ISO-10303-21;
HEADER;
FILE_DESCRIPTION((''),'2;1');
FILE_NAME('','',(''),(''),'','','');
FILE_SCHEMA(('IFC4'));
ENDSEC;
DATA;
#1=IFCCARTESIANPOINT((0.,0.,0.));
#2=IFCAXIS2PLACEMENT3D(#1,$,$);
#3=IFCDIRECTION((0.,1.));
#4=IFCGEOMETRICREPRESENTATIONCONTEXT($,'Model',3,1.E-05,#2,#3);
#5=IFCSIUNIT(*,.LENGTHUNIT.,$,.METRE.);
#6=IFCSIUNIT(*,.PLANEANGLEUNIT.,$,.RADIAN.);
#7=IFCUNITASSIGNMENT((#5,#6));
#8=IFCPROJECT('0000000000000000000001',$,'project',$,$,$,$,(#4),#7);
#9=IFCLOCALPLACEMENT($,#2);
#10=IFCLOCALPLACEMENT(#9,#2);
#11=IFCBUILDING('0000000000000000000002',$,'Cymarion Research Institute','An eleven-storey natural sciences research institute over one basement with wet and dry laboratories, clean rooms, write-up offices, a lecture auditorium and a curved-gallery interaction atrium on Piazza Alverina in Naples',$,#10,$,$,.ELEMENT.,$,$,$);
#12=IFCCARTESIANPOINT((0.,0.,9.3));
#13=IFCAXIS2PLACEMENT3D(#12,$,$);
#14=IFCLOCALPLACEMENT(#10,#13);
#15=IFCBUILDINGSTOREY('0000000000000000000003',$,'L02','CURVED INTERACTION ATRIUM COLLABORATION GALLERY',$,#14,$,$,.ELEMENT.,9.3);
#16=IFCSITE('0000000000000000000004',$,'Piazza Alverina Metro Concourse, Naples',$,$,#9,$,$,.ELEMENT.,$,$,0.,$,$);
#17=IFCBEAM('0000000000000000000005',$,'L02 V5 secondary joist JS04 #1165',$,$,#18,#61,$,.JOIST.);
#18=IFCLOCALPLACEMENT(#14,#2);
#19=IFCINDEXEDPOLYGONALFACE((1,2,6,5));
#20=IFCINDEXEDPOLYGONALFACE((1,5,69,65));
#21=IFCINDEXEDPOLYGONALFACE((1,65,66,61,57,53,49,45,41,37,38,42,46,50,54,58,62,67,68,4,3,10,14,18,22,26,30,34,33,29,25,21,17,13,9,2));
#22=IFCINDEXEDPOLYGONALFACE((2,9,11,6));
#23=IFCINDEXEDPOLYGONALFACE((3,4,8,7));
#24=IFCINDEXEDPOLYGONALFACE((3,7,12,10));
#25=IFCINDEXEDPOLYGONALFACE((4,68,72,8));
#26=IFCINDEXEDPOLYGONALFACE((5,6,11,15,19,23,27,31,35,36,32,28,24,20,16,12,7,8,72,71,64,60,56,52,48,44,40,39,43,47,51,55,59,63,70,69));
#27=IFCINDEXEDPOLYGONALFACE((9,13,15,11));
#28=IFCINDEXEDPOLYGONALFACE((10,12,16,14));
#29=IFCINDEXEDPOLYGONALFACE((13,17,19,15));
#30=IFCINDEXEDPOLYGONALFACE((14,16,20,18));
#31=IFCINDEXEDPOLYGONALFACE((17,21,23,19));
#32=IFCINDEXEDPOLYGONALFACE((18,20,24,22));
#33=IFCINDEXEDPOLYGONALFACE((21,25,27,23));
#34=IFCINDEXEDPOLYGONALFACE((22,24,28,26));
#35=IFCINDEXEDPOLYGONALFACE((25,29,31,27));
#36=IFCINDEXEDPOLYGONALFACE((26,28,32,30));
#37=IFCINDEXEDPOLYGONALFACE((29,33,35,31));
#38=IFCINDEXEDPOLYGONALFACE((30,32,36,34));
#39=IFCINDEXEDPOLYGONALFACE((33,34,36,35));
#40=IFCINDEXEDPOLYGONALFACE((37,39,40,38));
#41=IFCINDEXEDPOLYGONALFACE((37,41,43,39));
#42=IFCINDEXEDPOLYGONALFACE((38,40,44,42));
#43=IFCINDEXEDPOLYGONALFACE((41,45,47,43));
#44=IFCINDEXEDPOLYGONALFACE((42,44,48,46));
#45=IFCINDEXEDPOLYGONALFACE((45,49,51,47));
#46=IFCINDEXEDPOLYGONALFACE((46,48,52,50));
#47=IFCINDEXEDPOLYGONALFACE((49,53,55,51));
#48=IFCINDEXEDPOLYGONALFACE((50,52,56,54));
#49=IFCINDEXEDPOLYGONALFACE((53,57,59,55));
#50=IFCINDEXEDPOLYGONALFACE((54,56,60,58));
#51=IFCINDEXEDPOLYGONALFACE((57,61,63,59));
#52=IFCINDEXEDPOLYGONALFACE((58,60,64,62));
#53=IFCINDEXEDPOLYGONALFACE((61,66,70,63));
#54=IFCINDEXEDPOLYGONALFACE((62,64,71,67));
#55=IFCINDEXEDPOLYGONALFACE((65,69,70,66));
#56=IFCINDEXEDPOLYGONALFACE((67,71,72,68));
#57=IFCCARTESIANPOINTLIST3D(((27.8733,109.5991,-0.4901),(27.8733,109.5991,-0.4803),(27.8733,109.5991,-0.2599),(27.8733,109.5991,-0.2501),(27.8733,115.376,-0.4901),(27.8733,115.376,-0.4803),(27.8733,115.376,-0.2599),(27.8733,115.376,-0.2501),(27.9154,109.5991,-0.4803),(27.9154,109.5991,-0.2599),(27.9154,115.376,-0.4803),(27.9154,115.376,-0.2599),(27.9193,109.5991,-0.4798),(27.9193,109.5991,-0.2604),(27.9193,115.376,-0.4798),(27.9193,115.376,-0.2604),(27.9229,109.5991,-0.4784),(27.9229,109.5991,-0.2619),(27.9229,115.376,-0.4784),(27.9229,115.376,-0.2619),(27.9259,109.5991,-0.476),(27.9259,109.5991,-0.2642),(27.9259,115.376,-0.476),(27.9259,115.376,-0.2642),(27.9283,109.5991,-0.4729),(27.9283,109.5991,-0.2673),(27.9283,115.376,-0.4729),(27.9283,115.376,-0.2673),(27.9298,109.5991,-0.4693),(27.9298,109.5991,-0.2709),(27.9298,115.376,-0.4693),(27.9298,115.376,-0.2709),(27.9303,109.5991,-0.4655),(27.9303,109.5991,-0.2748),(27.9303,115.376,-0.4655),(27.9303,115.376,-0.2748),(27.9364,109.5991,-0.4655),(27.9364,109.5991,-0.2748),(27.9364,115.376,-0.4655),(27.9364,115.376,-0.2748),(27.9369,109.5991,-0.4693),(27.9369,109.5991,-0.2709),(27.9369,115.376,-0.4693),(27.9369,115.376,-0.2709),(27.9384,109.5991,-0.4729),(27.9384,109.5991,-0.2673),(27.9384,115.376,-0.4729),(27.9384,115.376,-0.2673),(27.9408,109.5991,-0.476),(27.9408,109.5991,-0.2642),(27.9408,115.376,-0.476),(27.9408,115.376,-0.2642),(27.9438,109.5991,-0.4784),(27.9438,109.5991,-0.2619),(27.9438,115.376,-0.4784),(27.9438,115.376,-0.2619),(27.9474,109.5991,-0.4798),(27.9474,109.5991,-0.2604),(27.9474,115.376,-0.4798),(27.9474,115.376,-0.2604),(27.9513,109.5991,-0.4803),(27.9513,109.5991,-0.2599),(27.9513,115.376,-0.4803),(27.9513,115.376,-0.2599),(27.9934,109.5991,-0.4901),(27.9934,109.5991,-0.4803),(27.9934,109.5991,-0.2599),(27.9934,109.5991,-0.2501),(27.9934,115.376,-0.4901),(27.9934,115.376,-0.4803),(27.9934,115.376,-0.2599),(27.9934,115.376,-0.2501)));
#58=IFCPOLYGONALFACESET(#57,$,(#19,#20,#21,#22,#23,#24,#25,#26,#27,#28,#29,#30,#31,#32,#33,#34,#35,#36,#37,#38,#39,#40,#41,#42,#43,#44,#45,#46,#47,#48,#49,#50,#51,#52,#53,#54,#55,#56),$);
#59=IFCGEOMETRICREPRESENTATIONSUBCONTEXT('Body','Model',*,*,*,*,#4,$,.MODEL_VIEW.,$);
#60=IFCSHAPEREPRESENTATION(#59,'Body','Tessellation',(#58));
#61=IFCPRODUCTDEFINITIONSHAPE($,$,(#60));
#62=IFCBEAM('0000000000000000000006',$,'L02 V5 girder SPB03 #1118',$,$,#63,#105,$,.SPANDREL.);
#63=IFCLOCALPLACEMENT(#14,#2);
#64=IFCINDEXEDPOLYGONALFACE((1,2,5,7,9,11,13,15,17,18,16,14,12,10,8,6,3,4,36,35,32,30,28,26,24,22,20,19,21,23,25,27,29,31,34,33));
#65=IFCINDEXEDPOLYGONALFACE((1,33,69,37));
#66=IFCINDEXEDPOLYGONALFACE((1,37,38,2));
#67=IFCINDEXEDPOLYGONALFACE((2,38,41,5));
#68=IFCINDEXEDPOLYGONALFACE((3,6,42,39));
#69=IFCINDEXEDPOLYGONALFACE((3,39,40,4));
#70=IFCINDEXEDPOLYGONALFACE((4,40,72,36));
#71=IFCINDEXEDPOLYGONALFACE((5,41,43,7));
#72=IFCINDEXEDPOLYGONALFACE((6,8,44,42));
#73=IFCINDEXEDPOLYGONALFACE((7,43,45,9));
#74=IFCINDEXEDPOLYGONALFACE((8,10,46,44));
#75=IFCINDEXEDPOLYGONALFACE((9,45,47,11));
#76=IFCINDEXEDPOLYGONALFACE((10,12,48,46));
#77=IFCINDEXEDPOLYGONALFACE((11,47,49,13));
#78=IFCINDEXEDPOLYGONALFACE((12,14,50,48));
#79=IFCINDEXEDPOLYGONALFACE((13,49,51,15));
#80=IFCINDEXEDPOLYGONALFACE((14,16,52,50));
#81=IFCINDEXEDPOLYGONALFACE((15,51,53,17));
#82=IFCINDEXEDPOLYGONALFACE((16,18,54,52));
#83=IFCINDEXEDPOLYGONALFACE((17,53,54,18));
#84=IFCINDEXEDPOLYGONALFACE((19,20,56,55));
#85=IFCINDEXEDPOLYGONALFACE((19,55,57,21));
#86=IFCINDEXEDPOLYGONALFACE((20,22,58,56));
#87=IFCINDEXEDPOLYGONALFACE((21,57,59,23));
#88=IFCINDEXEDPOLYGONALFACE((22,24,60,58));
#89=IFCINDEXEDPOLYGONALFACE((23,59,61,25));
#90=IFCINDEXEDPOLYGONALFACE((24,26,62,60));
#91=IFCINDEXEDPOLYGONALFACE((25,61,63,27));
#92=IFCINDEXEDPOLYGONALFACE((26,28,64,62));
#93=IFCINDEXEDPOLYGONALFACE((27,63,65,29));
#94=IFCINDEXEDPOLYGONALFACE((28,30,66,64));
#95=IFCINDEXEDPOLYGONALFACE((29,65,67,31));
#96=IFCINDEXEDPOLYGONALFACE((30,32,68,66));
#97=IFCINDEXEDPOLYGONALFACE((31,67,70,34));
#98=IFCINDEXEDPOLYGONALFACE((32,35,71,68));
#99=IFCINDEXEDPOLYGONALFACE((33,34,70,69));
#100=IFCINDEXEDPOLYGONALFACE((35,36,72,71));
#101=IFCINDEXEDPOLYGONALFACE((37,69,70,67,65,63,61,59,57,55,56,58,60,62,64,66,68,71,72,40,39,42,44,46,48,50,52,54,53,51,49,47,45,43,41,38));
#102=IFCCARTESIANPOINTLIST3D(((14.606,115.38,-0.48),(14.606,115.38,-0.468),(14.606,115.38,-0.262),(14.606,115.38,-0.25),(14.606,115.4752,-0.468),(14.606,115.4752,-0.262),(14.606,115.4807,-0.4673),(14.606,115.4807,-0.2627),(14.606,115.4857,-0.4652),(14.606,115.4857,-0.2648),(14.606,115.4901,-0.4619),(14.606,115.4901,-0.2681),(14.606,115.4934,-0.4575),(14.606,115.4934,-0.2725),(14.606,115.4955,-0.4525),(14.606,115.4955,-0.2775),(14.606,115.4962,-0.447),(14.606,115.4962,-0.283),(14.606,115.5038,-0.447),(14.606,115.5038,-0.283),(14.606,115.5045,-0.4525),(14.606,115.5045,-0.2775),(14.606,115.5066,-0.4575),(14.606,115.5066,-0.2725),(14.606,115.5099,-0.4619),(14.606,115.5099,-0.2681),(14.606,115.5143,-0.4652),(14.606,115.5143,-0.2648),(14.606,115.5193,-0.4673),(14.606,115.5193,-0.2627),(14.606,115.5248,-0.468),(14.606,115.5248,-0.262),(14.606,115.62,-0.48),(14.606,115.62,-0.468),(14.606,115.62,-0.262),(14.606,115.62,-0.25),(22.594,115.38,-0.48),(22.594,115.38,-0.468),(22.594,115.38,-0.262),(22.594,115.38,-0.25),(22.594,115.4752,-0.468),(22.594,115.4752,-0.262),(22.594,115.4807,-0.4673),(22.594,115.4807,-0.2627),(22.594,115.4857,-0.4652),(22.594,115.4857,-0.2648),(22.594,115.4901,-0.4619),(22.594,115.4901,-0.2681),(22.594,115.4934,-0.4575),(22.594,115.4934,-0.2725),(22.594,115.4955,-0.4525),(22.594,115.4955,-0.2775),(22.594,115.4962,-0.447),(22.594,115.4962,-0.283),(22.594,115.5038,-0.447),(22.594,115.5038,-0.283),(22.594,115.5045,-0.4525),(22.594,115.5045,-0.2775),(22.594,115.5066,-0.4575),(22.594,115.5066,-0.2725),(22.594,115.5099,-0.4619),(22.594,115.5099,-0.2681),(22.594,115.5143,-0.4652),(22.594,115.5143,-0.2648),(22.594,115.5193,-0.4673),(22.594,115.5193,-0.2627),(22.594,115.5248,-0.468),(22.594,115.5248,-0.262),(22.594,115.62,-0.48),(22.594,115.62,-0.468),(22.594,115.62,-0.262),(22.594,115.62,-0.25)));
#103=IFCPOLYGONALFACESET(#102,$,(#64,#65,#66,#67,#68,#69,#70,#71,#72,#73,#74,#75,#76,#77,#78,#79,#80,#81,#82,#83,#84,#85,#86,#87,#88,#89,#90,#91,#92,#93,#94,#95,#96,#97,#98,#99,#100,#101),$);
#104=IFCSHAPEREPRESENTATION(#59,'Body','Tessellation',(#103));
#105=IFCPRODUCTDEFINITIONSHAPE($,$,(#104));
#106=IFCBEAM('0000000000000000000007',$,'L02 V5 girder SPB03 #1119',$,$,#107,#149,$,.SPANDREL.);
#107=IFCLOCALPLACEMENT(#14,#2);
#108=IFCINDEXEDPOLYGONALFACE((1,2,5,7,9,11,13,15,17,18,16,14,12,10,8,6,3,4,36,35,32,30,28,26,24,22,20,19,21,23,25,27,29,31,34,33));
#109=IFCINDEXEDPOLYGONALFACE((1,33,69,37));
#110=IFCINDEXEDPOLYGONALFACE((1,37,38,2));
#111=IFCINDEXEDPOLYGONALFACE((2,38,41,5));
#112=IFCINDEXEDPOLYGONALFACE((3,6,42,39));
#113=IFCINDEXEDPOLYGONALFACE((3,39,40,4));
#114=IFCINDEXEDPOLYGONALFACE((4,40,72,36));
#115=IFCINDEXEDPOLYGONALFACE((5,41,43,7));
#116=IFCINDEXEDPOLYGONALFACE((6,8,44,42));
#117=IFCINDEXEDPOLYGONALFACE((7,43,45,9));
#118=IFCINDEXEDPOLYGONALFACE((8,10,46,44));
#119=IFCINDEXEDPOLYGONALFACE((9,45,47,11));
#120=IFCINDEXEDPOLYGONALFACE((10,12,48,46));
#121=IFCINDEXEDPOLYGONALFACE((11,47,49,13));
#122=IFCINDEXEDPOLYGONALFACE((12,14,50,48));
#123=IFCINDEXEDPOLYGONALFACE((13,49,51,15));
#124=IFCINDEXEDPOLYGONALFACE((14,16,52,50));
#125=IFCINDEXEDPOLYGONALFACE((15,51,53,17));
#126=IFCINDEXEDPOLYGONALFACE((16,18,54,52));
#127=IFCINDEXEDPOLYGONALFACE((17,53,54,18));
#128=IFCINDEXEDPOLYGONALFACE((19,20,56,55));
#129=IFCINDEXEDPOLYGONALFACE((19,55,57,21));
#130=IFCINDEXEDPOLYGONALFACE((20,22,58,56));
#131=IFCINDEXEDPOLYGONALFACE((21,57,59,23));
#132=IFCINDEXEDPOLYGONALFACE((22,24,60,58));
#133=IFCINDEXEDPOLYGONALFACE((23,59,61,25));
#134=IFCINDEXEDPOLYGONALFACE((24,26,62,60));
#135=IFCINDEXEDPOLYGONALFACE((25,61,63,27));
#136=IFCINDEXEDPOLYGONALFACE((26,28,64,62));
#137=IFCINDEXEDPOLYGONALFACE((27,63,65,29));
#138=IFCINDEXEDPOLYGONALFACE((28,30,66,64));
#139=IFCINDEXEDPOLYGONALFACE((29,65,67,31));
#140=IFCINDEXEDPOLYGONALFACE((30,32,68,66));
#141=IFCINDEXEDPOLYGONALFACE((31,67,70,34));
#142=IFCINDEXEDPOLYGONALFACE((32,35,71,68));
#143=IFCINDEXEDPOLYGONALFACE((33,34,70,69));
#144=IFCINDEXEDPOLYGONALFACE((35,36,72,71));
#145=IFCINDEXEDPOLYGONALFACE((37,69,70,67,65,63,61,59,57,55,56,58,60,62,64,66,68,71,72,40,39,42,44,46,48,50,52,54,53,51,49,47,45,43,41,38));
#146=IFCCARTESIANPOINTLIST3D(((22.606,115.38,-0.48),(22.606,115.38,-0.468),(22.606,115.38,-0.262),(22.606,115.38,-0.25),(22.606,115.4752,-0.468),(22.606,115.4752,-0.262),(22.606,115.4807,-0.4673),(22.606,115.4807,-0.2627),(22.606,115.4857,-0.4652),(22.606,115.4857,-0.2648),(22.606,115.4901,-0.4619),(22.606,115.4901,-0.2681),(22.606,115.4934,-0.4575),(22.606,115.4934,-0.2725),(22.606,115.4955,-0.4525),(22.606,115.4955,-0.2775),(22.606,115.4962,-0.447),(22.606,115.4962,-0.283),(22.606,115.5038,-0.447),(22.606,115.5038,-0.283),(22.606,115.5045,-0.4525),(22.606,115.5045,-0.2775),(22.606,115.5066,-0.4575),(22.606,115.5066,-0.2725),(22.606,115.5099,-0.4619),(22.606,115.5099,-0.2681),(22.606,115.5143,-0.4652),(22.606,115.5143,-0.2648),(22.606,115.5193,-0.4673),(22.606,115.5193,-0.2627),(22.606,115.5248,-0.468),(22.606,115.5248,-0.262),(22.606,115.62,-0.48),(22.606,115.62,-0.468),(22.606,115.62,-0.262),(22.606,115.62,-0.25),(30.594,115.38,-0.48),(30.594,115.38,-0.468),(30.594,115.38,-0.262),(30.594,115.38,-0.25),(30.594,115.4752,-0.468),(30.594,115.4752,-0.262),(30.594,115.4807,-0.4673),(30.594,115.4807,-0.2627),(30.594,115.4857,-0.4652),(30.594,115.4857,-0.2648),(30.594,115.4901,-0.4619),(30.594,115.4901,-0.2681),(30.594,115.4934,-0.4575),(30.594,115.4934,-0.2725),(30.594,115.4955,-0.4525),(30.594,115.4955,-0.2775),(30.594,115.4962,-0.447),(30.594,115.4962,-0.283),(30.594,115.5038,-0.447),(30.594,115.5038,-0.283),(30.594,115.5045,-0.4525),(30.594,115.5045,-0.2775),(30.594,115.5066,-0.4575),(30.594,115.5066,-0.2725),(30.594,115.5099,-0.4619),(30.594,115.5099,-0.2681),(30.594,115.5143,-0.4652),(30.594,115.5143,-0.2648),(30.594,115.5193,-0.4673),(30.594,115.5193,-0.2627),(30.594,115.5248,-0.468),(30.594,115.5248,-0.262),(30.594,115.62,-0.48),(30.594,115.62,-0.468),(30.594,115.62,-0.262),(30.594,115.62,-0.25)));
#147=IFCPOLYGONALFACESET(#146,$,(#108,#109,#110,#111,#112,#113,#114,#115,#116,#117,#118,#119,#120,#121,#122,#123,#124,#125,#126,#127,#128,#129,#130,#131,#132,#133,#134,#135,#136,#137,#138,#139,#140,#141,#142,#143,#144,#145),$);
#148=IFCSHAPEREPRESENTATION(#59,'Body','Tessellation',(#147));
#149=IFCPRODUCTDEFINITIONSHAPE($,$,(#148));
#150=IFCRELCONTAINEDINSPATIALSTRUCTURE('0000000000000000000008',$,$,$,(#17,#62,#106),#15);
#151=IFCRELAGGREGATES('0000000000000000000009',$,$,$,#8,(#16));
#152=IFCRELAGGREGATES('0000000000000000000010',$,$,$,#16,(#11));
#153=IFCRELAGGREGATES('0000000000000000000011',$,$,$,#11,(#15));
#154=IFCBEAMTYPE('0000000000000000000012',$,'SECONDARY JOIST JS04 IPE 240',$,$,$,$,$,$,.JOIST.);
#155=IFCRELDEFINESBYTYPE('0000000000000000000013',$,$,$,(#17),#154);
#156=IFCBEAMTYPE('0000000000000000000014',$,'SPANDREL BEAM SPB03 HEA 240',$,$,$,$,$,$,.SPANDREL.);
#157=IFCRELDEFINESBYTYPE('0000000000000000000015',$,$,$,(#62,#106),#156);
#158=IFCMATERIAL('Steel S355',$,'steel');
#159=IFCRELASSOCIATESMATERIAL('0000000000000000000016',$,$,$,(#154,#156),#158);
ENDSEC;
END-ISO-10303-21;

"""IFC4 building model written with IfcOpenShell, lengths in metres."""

from ifc_helpers import new_model, si_unit, direction, frame, origin, origin_2d, place, context, subcontext, project, spatial, i_section, extrude, material, material_profile, profile_set, type_object, element, save


model = new_model("IFC4")

# Units and contexts
model_context = context("Model", 3, precision=1e-05, world=origin(), true_north=direction((0.0, 1.0)))
body_context = subcontext(model_context, "Body", "Model", "MODEL_VIEW")
ifc_project = project(units=[si_unit("LENGTHUNIT", "METRE"), si_unit("PLANEANGLEUNIT", "RADIAN")], contexts=[model_context])

# Site, building, storey
site_placement = place(None, origin())
site = spatial("IfcSite", under=ifc_project, at=site_placement, Name="Piazza Alverina Metro Concourse, Naples", CompositionType="ELEMENT", RefElevation=0.0)
building_placement = place(site_placement, origin())
building = spatial("IfcBuilding", under=site, at=building_placement, Name="Cymarion Research Institute", Description="An eleven-storey natural sciences research institute over one basement with wet and dry laboratories, clean rooms, write-up offices, a lecture auditorium and a curved-gallery interaction atrium on Piazza Alverina in Naples", CompositionType="ELEMENT")
storey_placement = place(building_placement, frame((0.0, 0.0, 9.3)))
storey = spatial("IfcBuildingStorey", under=building, at=storey_placement, Name="L02", Description="CURVED INTERACTION ATRIUM COLLABORATION GALLERY", CompositionType="ELEMENT", Elevation=9.3)

# Shared definitions
ifc_material_1 = material(Name="Steel S355", Category="steel")

# Beams
ifc_material_profile_1 = material_profile(ifc_material_1, i_section(OverallWidth=0.1201, OverallDepth=0.24, WebThickness=0.0061, FlangeThickness=0.0098, FilletRadius=0.0149, at=origin_2d()), Name="IPE 240")
ifc_profile_set_1 = profile_set([ifc_material_profile_1], Name="Steel S355")
beam_type_1 = type_object("IfcBeamType", Name="SECONDARY JOIST JS04 IPE 240", PredefinedType="JOIST", material=ifc_profile_set_1)
for number, where, z_axis, x_axis, name in (
    (1, (27.9333, 109.5991, -0.3701), (0.0, 1.0, 0.0), (-1.0, 0.0, 0.0), "L02 V5 secondary joist JS04 #1165"),
):
    element("IfcBeam", number, at=place(storey_placement, frame(where, z_axis=z_axis, x_axis=x_axis)), inside=storey, type_object=beam_type_1, Name=name, PredefinedType="JOIST", context=body_context, shape_type="SweptSolid", body=[
        extrude(i_section(OverallWidth=0.1201, OverallDepth=0.24, WebThickness=0.0061, FlangeThickness=0.0098, FilletRadius=0.0149, at=origin_2d()), origin(), (0.0, 0.0, 1.0), 5.7769),
    ])
ifc_material_profile_2 = material_profile(ifc_material_1, i_section(OverallWidth=0.24, OverallDepth=0.23, WebThickness=0.0076, FlangeThickness=0.012, FilletRadius=0.021, at=origin_2d()), Name="HEA 240")
ifc_profile_set_2 = profile_set([ifc_material_profile_2], Name="Steel S355")
beam_type_2 = type_object("IfcBeamType", Name="SPANDREL BEAM SPB03 HEA 240", PredefinedType="SPANDREL", material=ifc_profile_set_2)
for number, where, z_axis, x_axis, name in (
    (2, (14.606, 115.5, -0.365), (1.0, 0.0, 0.0), (0.0, 1.0, 0.0), "L02 V5 girder SPB03 #1118"),
    (3, (22.606, 115.5, -0.365), (1.0, 0.0, 0.0), (0.0, 1.0, 0.0), "L02 V5 girder SPB03 #1119"),
):
    element("IfcBeam", number, at=place(storey_placement, frame(where, z_axis=z_axis, x_axis=x_axis)), inside=storey, type_object=beam_type_2, Name=name, PredefinedType="SPANDREL", context=body_context, shape_type="SweptSolid", body=[
        extrude(i_section(OverallWidth=0.24, OverallDepth=0.23, WebThickness=0.0076, FlangeThickness=0.012, FilletRadius=0.021, at=origin_2d()), origin(), (0.0, 0.0, 1.0), 7.988),
    ])

save(model, "model.ifc")
